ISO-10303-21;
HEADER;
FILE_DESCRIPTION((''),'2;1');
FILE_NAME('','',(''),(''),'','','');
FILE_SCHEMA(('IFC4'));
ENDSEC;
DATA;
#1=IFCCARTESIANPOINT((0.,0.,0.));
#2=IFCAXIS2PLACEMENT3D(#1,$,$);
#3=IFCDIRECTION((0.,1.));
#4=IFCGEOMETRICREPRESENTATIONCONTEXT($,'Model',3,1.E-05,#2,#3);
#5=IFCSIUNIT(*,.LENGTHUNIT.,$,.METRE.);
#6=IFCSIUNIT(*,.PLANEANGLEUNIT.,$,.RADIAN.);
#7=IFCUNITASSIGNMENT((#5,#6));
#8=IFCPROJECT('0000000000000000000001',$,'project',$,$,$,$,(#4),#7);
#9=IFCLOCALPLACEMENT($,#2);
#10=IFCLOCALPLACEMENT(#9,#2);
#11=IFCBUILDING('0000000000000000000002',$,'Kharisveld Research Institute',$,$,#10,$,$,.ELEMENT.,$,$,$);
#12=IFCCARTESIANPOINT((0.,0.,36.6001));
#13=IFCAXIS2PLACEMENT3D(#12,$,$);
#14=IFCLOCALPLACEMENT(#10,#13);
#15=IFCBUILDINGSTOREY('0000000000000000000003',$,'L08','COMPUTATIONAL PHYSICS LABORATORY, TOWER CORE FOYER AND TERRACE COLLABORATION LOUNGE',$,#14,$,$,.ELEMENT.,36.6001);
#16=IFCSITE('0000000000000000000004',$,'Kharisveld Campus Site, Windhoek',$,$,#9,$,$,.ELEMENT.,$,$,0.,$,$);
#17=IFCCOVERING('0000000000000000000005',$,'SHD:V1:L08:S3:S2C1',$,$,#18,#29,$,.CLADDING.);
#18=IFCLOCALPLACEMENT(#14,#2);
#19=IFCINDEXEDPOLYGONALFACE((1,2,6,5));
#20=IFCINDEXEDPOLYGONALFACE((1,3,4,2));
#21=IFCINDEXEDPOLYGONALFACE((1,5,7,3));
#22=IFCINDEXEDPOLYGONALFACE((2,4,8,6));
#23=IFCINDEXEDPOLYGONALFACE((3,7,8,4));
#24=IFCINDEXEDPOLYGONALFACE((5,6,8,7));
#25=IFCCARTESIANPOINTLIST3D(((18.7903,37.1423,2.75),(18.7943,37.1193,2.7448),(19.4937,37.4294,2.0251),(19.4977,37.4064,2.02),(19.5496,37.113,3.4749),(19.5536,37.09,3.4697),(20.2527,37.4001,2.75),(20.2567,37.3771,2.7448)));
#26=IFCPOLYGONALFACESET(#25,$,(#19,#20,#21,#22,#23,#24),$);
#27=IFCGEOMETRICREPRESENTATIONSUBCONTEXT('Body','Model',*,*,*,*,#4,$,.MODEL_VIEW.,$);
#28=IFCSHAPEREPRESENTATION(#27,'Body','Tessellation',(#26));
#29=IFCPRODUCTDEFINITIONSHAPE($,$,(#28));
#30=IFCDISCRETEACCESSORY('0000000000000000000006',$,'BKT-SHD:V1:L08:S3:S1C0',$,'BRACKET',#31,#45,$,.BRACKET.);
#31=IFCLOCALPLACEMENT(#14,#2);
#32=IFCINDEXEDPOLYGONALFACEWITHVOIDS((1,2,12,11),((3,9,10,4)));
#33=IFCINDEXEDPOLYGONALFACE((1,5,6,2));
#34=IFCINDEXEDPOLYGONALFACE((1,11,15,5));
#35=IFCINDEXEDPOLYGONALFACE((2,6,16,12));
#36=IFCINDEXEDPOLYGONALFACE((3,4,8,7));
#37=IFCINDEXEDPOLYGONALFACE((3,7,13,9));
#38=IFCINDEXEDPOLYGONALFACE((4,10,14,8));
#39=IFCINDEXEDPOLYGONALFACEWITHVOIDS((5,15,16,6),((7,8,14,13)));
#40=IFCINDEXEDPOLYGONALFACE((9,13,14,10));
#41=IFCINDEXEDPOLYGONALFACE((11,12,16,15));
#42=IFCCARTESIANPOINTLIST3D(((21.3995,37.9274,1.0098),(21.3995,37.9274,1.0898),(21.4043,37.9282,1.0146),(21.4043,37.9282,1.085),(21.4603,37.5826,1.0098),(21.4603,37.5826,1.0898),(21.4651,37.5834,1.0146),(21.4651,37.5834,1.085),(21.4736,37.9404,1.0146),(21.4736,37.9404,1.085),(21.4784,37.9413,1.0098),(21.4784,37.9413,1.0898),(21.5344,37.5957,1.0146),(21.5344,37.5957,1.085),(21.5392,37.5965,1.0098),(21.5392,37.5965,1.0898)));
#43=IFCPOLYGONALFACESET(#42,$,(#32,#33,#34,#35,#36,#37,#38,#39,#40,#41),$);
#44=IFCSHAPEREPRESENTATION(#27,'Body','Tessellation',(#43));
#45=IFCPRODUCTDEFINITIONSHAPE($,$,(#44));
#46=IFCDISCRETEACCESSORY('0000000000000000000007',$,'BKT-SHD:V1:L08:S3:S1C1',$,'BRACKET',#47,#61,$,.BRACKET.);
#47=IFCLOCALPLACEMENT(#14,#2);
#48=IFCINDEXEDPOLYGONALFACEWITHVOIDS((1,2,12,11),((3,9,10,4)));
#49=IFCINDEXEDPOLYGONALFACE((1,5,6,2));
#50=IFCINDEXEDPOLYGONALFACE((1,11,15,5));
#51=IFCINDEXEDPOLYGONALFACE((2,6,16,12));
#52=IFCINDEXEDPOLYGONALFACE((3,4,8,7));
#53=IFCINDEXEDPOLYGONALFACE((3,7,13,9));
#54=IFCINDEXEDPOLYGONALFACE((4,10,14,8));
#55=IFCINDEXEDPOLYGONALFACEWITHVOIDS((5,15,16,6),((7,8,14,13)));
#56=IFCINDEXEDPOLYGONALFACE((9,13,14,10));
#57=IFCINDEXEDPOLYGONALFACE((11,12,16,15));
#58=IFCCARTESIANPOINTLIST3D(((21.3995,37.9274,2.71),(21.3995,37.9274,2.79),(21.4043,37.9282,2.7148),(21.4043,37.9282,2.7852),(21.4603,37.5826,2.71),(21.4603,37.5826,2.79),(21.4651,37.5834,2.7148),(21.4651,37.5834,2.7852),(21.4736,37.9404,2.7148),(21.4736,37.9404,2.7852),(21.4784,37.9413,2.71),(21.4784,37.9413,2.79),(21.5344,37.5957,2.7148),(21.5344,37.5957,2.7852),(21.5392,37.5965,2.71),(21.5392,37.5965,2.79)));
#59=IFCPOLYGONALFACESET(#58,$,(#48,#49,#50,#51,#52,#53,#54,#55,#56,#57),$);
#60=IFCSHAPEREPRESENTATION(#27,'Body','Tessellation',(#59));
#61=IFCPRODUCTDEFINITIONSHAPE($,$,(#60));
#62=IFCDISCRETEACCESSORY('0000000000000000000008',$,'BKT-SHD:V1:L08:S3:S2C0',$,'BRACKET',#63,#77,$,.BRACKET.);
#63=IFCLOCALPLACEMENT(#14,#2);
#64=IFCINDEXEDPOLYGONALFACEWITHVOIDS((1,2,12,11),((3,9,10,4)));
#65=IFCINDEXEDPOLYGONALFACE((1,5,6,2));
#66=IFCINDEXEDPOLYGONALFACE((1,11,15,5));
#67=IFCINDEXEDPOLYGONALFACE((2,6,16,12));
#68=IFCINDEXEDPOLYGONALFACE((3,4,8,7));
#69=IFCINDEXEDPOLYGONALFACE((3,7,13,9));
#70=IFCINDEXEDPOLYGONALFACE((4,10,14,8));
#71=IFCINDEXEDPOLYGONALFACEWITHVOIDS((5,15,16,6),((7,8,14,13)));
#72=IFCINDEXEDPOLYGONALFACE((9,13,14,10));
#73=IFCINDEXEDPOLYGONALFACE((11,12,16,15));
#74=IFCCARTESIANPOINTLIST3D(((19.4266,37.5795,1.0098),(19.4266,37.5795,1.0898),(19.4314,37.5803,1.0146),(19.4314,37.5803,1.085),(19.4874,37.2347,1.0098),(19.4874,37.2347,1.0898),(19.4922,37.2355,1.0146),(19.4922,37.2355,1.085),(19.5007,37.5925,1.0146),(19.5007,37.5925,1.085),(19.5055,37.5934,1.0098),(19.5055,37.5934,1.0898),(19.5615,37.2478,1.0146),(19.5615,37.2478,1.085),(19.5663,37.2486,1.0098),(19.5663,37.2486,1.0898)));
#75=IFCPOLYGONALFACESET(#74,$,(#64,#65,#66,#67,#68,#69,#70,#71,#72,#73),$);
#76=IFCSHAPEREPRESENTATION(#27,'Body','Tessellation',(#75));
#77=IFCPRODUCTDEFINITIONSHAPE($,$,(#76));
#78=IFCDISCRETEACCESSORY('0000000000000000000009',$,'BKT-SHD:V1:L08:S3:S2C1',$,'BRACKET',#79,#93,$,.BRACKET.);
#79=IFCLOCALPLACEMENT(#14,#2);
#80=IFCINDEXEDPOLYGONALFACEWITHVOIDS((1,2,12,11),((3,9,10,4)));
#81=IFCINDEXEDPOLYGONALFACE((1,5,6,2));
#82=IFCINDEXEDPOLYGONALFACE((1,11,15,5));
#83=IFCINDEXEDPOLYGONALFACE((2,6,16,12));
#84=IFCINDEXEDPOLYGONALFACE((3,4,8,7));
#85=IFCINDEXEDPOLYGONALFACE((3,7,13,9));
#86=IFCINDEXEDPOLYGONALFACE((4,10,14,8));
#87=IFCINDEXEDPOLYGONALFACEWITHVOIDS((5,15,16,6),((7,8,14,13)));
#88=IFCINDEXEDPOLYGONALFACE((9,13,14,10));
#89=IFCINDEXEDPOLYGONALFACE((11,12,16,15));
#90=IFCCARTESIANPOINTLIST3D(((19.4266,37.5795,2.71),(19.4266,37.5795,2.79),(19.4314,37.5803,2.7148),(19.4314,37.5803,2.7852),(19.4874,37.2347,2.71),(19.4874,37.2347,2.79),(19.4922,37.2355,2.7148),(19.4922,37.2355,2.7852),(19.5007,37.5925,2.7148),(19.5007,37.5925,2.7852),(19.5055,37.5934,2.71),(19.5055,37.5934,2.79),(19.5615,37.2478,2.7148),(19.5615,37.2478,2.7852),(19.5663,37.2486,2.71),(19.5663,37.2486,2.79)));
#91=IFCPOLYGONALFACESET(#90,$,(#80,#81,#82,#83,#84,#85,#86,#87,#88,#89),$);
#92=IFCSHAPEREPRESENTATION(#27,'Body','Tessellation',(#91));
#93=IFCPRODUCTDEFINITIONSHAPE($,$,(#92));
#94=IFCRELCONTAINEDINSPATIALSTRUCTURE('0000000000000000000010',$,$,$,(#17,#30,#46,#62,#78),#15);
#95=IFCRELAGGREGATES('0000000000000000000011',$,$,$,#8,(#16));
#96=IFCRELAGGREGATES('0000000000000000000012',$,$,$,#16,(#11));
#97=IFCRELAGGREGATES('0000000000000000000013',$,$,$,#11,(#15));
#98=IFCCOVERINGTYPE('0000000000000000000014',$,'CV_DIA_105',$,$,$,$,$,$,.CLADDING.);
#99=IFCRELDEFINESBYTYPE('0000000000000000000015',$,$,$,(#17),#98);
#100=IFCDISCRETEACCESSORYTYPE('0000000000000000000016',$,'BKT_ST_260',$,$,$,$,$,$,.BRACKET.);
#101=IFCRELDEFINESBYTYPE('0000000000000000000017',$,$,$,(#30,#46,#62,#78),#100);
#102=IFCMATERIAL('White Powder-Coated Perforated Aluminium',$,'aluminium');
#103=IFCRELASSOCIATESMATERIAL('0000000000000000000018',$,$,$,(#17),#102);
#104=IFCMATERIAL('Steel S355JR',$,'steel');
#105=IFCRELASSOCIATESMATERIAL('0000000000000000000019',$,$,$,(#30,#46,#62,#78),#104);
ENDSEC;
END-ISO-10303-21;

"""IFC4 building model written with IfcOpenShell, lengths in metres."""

from ifc_helpers import new_model, si_unit, direction, frame, origin, origin_2d, place, context, subcontext, project, spatial, polyline, hollow_rectangle, outline, extrude, material, type_object, element, save


model = new_model("IFC4")

# Units and contexts
model_context = context("Model", 3, precision=1e-05, world=origin(), true_north=direction((0.0, 1.0)))
body_context = subcontext(model_context, "Body", "Model", "MODEL_VIEW")
ifc_project = project(units=[si_unit("LENGTHUNIT", "METRE"), si_unit("PLANEANGLEUNIT", "RADIAN")], contexts=[model_context])

# Site, building, storey
site_placement = place(None, origin())
site = spatial("IfcSite", under=ifc_project, at=site_placement, Name="Kharisveld Campus Site, Windhoek", CompositionType="ELEMENT", RefElevation=0.0)
building_placement = place(site_placement, origin())
building = spatial("IfcBuilding", under=site, at=building_placement, Name="Kharisveld Research Institute", CompositionType="ELEMENT")
storey_placement = place(building_placement, frame((0.0, 0.0, 36.6001)))
storey = spatial("IfcBuildingStorey", under=building, at=storey_placement, Name="L08", Description="COMPUTATIONAL PHYSICS LABORATORY, TOWER CORE FOYER AND TERRACE COLLABORATION LOUNGE", CompositionType="ELEMENT", Elevation=36.6001)

# Covering
ifc_material_1 = material(Name="White Powder-Coated Perforated Aluminium", Category="aluminium")
covering_type = type_object("IfcCoveringType", Name="CV_DIA_105", PredefinedType="CLADDING")
for number, where, z_axis, x_axis, name in (
    (1, (19.4937, 37.4294, 2.0251), (-0.169503, 0.961481, 0.216385), (-0.66985, -0.273447, 0.69031), "SHD:V1:L08:S3:S2C1"),
):
    element("IfcCovering", number, at=place(storey_placement, frame(where, z_axis=z_axis, x_axis=x_axis)), inside=storey, type_object=covering_type, material=ifc_material_1, Name=name, PredefinedType="CLADDING", context=body_context, shape_type="SweptSolid", body=[
        extrude(outline(polyline([(0.0, 0.0), (1.05, 0.0), (1.0498, 1.0501), (-0.0001, 1.05), (0.0, 0.0)])), origin(), (0.0, 0.0, -1.0), 0.0239),
    ])

# Discrete accessories
ifc_material_2 = material(Name="Steel S355JR", Category="steel")
discrete_accessory_type = type_object("IfcDiscreteAccessoryType", Name="BKT_ST_260", PredefinedType="BRACKET")
for number, where, z_axis, x_axis, name in (
    (2, (21.439, 37.9343, 1.0498), (0.173666, -0.984805, 0.0), (0.984805, 0.173666, 0.0), "BKT-SHD:V1:L08:S3:S1C0"),
    (3, (21.439, 37.9343, 2.75), (0.173666, -0.984805, 0.0), (0.984805, 0.173666, 0.0), "BKT-SHD:V1:L08:S3:S1C1"),
    (4, (19.4661, 37.5864, 1.0498), (0.173666, -0.984805, 0.0), (0.984805, 0.173666, 0.0), "BKT-SHD:V1:L08:S3:S2C0"),
    (5, (19.4661, 37.5864, 2.75), (0.173666, -0.984805, 0.0), (0.984805, 0.173666, 0.0), "BKT-SHD:V1:L08:S3:S2C1"),
):
    element("IfcDiscreteAccessory", number, at=place(storey_placement, frame(where, z_axis=z_axis, x_axis=x_axis)), inside=storey, type_object=discrete_accessory_type, material=ifc_material_2, Name=name, ObjectType="BRACKET", PredefinedType="BRACKET", context=body_context, shape_type="SweptSolid", body=[
        extrude(hollow_rectangle(XDim=0.0801, YDim=0.0801, WallThickness=0.0049, at=origin_2d()), origin(), (0.0, 0.0, 1.0), 0.3501),
    ])

save(model, "model.ifc")
